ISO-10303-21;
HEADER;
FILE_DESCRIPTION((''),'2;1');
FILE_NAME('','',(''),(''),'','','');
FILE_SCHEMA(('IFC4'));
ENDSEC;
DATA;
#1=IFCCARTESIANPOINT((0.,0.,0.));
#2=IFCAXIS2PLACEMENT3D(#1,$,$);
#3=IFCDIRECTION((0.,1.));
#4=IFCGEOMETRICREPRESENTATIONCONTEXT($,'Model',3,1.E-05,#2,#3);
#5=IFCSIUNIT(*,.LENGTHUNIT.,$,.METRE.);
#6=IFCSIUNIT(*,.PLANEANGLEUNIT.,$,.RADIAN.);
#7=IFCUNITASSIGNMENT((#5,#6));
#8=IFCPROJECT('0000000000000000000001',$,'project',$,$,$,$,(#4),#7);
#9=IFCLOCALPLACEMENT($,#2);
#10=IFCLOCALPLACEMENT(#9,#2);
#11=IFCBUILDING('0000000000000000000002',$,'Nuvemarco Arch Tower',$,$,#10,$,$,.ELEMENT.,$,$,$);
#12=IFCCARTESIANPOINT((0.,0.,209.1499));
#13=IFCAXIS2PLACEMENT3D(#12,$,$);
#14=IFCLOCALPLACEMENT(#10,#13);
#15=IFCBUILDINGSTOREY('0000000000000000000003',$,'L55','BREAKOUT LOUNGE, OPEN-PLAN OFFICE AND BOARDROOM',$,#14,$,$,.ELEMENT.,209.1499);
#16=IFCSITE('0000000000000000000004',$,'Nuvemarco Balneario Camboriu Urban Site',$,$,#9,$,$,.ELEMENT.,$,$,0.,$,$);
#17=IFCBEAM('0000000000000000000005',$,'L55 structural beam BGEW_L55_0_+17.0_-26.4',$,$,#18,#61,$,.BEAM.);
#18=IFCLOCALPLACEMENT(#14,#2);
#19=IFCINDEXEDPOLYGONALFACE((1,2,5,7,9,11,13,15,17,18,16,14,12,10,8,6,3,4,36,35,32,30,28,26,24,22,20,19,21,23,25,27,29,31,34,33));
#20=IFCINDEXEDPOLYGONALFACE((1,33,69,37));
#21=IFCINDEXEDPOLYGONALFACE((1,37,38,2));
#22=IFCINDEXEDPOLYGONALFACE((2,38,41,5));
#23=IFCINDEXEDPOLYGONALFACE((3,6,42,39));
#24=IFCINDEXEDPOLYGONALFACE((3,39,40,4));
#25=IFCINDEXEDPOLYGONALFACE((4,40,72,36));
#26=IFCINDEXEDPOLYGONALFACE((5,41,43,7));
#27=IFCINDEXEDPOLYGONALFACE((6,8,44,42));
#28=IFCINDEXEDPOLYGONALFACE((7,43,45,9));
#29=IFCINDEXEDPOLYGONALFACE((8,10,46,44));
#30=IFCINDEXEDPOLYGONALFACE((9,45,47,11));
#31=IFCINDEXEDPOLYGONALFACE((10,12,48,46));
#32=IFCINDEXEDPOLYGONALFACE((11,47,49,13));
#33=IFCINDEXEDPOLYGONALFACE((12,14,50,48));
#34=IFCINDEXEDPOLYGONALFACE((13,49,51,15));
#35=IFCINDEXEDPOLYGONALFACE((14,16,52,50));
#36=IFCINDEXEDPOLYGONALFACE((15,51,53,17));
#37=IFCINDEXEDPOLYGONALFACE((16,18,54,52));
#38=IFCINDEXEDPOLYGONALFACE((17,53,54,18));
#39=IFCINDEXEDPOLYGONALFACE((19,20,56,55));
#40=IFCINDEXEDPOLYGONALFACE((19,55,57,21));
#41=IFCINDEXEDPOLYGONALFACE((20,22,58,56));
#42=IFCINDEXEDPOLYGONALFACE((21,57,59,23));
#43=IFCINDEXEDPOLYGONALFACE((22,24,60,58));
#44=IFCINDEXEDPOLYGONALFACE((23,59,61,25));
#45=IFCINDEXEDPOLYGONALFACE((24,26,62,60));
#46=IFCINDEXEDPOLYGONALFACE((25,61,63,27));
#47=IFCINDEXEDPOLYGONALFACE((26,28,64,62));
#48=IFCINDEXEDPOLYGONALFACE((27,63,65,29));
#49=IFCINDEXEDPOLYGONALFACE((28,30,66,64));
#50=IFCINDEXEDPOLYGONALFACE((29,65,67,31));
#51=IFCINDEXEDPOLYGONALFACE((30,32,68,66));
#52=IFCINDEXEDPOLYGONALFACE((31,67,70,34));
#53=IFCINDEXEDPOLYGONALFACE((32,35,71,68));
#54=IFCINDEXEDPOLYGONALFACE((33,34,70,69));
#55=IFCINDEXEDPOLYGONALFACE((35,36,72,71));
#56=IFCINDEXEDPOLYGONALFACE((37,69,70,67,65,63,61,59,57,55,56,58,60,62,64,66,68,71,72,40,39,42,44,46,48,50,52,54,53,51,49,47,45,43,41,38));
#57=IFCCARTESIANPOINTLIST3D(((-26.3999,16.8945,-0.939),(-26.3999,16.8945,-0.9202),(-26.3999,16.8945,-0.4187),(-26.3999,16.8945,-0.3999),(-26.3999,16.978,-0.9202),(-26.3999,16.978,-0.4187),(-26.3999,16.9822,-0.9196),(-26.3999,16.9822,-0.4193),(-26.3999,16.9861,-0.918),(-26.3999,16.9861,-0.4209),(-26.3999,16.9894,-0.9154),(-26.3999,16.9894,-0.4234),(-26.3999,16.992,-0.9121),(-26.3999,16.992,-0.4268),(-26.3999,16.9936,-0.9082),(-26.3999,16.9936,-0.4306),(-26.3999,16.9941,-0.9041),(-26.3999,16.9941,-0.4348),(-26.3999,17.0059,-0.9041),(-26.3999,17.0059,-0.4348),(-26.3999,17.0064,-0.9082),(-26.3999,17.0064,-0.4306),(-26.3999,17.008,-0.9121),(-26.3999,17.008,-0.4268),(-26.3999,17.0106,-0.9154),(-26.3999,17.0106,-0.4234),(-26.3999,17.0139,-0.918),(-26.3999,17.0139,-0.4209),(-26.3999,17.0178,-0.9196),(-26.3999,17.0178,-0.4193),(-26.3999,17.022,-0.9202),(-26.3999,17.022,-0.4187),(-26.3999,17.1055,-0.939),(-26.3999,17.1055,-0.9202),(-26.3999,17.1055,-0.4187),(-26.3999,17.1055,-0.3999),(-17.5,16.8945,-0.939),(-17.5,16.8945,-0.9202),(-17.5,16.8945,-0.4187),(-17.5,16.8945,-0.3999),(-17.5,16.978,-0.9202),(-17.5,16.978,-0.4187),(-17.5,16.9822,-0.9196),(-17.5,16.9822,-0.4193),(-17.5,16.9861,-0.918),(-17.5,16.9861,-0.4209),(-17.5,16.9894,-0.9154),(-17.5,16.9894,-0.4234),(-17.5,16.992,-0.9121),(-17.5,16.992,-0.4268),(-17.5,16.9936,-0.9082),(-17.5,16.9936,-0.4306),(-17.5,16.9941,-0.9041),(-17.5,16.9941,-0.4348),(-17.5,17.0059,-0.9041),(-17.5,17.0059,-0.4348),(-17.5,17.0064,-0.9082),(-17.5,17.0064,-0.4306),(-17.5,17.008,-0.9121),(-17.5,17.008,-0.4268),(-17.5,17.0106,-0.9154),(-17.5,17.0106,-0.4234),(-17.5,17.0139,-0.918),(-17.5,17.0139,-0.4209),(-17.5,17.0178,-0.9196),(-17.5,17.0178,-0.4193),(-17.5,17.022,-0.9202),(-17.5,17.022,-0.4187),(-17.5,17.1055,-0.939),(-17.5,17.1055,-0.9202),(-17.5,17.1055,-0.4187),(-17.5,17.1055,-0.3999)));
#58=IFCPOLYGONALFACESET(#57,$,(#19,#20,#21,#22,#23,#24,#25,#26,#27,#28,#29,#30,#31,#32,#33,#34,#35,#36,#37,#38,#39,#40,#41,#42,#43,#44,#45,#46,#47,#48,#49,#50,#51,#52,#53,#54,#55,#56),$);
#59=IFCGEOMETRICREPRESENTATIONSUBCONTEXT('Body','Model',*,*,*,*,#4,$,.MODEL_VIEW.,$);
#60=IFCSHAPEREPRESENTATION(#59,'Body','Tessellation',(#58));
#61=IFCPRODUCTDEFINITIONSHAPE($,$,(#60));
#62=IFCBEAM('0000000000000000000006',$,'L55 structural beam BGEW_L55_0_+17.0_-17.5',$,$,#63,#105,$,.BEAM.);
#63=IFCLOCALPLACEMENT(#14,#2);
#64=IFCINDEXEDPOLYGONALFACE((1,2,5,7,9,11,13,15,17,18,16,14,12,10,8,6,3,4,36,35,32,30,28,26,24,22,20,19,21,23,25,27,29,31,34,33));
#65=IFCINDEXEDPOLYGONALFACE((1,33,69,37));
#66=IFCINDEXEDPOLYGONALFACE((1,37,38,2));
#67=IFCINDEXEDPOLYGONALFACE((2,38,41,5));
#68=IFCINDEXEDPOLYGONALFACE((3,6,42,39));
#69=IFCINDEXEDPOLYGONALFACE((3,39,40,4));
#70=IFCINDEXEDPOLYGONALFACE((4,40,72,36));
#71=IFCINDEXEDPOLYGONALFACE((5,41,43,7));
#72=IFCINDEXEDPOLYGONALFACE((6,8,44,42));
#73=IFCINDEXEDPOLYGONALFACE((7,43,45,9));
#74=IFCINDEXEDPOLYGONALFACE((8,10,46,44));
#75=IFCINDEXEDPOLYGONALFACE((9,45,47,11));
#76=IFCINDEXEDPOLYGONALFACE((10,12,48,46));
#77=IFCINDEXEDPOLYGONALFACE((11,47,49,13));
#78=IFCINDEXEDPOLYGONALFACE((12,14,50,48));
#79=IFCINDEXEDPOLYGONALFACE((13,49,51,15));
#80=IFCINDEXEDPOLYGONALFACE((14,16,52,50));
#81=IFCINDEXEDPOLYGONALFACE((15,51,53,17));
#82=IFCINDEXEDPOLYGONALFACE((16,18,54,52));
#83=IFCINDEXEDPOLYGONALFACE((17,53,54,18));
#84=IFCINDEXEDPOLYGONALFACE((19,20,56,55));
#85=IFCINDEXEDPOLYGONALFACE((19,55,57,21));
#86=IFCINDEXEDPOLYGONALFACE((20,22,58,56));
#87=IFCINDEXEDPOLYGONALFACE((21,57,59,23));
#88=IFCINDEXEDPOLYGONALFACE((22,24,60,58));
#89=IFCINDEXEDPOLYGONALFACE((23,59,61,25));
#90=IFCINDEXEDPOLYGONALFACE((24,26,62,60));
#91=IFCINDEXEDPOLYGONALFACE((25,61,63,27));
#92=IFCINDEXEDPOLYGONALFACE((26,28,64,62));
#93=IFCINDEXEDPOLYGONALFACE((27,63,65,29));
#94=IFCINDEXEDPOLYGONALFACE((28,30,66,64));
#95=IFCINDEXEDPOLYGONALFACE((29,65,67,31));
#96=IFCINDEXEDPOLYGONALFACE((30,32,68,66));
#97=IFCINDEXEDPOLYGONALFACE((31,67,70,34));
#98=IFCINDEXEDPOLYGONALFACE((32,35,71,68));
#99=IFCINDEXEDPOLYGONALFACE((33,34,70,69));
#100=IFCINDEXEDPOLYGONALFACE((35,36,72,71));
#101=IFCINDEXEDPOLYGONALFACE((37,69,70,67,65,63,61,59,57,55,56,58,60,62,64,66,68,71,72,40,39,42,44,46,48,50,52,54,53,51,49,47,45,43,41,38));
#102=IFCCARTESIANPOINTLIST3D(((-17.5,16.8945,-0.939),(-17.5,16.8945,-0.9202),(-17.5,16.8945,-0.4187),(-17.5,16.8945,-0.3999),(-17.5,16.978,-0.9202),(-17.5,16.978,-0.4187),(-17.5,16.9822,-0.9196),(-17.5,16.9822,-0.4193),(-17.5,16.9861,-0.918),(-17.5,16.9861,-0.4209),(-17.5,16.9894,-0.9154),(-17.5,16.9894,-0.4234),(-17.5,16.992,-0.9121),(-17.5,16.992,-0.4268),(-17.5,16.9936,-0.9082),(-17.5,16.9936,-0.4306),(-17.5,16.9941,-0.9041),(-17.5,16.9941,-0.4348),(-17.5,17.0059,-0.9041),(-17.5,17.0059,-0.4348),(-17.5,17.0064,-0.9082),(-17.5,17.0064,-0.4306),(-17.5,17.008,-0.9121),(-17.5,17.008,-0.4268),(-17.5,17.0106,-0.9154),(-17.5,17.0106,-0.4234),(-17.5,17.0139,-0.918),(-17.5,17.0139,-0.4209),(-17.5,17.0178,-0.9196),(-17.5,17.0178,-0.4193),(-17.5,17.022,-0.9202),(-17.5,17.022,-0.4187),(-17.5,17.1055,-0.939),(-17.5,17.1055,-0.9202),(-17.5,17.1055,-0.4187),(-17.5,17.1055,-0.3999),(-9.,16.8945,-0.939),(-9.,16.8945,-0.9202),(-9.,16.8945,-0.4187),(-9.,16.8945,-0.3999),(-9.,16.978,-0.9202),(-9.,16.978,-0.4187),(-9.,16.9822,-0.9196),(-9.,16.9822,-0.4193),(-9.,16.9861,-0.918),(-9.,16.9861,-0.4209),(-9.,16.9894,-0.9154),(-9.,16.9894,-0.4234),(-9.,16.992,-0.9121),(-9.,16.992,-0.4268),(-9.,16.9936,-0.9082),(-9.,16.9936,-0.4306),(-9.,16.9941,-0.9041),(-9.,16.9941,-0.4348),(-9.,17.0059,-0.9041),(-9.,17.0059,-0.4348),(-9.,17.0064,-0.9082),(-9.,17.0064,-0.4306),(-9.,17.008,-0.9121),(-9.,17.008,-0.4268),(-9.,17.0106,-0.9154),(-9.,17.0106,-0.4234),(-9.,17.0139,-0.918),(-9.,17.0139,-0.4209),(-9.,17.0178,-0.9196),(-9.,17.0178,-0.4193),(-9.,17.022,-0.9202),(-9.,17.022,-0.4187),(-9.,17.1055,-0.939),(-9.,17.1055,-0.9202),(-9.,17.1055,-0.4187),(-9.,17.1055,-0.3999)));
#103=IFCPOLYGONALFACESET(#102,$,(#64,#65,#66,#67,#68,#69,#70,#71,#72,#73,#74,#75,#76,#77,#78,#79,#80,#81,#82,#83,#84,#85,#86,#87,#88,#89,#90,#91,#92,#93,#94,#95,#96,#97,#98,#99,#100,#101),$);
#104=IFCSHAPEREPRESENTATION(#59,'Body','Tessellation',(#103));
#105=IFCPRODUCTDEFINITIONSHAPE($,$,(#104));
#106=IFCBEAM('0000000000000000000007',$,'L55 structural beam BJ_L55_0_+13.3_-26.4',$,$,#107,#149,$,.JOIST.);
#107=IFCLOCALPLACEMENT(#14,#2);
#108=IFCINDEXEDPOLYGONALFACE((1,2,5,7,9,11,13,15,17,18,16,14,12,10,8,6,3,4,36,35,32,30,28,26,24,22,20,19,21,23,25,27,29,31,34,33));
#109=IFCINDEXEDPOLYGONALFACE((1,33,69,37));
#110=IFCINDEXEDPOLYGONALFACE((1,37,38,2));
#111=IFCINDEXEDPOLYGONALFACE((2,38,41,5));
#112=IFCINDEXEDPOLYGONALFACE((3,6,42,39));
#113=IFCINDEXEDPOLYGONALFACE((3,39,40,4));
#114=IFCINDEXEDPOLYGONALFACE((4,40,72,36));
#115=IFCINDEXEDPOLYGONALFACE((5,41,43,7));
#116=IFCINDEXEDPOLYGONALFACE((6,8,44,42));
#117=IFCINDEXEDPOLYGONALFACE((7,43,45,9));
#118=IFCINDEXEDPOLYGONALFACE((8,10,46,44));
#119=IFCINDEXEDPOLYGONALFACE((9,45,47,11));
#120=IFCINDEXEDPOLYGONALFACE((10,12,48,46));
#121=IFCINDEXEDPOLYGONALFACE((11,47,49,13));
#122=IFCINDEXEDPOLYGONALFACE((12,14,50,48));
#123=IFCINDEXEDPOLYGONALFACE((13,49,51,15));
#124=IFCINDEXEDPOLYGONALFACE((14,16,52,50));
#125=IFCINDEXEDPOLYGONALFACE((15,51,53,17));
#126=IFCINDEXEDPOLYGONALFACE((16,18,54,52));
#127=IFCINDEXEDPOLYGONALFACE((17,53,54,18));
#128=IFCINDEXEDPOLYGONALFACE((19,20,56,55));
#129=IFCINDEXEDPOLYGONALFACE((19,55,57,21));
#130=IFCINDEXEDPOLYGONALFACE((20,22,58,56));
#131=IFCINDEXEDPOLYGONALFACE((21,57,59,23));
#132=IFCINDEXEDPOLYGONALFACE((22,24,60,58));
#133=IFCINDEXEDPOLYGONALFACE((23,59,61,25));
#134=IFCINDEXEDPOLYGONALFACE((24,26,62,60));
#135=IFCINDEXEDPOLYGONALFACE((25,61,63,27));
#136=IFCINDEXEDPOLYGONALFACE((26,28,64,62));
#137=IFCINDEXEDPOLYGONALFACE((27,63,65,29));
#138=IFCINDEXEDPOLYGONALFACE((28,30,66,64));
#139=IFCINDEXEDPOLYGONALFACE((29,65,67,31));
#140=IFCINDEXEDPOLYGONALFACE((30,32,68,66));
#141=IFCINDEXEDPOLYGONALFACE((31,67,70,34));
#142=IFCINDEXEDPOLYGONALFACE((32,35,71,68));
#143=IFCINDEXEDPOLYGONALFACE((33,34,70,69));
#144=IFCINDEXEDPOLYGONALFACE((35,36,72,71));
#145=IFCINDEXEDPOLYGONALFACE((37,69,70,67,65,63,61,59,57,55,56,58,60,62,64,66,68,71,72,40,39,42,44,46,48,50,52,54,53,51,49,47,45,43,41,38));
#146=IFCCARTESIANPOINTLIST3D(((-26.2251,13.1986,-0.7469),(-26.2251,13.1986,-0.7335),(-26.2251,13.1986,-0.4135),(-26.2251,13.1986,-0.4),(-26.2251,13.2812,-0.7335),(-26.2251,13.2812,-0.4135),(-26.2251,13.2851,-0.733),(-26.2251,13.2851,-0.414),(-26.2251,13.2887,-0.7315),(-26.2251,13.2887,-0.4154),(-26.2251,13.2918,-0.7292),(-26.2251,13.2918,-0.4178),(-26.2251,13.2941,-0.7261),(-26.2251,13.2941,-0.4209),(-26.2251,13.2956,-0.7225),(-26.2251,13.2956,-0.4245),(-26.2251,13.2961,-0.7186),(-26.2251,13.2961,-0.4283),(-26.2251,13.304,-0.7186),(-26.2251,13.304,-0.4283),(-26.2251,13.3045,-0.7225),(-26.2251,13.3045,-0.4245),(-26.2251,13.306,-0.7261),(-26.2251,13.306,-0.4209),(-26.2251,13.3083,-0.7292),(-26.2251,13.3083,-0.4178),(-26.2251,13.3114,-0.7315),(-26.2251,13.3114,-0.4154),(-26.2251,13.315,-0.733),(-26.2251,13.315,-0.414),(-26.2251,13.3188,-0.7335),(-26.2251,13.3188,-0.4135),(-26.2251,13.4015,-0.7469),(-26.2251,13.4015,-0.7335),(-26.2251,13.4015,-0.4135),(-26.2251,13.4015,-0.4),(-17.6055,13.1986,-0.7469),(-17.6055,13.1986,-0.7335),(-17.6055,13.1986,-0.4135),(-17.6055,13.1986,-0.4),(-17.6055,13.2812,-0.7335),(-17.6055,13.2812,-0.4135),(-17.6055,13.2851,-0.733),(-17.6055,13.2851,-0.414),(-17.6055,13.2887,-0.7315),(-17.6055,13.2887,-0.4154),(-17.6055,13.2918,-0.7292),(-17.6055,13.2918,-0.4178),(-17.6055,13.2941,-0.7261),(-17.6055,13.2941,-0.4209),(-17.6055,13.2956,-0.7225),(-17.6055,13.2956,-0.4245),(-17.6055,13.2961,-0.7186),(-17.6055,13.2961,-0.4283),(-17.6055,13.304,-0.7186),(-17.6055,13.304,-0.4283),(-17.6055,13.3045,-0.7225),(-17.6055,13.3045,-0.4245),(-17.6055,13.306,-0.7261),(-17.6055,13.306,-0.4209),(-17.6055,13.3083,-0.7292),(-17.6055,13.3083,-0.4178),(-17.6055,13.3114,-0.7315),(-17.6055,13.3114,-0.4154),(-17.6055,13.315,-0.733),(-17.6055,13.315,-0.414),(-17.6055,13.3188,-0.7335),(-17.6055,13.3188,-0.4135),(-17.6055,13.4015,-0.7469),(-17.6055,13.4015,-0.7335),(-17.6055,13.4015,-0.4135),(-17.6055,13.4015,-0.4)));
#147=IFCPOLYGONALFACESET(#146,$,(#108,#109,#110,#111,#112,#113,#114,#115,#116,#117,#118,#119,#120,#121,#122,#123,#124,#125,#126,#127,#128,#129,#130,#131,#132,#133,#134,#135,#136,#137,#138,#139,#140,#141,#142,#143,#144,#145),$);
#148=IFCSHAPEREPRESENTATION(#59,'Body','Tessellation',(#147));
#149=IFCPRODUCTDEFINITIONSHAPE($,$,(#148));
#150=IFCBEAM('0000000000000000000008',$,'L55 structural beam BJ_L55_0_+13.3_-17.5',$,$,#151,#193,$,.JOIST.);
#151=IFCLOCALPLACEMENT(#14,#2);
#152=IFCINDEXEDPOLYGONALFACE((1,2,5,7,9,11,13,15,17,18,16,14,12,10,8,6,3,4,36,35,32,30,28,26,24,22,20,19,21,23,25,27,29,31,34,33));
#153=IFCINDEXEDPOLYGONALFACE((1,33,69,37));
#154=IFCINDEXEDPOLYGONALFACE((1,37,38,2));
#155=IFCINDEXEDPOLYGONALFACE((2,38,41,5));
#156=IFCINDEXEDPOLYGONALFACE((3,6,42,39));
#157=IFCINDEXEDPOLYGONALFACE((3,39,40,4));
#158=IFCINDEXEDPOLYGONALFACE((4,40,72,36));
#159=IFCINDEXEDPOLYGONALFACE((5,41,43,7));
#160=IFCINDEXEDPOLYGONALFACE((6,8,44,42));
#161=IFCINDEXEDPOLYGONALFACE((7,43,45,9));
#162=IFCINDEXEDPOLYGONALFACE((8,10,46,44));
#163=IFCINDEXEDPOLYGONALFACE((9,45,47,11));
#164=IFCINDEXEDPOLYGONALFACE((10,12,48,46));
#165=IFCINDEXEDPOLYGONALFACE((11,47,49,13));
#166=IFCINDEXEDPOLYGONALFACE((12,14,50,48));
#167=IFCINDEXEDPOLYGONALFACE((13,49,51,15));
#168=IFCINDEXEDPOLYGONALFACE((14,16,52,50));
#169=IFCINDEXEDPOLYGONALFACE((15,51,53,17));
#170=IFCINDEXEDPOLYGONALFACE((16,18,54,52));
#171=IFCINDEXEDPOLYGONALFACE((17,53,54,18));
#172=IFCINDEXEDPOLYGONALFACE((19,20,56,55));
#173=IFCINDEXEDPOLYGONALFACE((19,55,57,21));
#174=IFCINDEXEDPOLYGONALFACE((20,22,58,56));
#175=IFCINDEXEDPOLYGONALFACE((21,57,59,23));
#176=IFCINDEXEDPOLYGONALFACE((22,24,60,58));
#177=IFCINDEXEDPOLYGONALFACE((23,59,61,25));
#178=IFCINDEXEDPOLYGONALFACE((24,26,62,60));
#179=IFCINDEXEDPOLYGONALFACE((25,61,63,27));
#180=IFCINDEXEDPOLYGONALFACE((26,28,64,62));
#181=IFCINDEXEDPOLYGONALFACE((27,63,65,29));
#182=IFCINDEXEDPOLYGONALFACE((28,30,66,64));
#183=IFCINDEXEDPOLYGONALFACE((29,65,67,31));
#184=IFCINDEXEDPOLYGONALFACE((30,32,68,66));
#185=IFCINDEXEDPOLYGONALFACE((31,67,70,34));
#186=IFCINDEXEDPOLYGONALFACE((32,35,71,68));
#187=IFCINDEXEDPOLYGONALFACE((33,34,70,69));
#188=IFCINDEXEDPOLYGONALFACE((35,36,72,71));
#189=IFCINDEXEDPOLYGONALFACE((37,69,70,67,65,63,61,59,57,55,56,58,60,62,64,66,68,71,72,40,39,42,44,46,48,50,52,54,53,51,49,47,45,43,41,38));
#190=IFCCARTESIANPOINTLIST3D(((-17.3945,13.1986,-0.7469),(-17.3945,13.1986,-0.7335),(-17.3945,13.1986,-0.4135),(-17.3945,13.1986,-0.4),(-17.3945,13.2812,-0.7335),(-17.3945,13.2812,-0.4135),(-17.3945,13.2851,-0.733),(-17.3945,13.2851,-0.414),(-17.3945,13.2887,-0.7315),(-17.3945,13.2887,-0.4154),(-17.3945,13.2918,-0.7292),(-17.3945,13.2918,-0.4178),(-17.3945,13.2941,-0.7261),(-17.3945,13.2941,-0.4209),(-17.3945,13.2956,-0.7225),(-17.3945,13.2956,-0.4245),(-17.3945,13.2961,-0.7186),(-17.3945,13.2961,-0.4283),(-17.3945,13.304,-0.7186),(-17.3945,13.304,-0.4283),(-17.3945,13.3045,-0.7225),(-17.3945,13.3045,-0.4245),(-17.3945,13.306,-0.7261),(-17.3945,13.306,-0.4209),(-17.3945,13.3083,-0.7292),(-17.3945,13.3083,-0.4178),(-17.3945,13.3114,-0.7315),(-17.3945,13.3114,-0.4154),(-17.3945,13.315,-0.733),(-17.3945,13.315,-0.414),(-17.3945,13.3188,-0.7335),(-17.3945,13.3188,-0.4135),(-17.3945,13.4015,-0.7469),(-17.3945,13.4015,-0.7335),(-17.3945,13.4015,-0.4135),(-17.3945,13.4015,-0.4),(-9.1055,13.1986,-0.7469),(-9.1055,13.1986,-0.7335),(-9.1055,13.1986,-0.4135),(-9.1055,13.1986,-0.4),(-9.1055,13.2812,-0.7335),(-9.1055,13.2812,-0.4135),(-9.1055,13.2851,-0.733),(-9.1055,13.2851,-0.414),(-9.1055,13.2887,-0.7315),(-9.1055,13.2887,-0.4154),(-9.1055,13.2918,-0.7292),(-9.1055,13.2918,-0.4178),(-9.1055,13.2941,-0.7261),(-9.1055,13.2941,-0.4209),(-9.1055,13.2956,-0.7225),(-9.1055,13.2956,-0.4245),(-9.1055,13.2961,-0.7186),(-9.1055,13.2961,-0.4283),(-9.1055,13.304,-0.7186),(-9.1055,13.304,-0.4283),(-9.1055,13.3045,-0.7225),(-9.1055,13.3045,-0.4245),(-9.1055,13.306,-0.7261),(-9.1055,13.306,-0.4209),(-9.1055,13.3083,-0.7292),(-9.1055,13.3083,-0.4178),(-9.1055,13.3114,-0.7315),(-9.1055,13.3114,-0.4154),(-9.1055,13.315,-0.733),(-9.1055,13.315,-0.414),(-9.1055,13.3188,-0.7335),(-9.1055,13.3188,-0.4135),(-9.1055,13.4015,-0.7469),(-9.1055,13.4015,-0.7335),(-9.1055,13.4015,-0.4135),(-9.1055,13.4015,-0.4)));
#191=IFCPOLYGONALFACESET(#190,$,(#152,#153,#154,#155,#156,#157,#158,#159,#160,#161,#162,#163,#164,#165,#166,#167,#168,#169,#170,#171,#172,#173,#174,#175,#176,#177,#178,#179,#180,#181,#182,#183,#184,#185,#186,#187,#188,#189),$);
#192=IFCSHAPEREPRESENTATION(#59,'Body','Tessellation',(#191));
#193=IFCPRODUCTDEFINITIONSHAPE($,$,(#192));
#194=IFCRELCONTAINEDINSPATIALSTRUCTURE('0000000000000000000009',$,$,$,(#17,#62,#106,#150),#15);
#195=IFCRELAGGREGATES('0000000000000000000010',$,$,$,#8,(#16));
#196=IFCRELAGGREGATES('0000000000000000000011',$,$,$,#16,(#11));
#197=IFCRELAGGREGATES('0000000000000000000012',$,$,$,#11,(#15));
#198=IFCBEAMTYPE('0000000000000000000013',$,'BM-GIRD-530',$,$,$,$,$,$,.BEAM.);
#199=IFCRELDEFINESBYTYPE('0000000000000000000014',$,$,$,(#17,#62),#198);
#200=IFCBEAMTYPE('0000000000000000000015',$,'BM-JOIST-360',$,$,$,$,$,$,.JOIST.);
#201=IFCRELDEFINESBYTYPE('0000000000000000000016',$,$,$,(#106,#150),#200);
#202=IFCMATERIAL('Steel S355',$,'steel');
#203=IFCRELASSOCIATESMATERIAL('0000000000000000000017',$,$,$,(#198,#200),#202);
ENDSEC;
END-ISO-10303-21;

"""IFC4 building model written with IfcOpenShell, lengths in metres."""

from ifc_helpers import new_model, si_unit, direction, frame, origin, origin_2d, place, context, subcontext, project, spatial, i_section, extrude, material, material_profile, profile_set, type_object, element, save


model = new_model("IFC4")

# Units and contexts
model_context = context("Model", 3, precision=1e-05, world=origin(), true_north=direction((0.0, 1.0)))
body_context = subcontext(model_context, "Body", "Model", "MODEL_VIEW")
ifc_project = project(units=[si_unit("LENGTHUNIT", "METRE"), si_unit("PLANEANGLEUNIT", "RADIAN")], contexts=[model_context])

# Site, building, storey
site_placement = place(None, origin())
site = spatial("IfcSite", under=ifc_project, at=site_placement, Name="Nuvemarco Balneario Camboriu Urban Site", CompositionType="ELEMENT", RefElevation=0.0)
building_placement = place(site_placement, origin())
building = spatial("IfcBuilding", under=site, at=building_placement, Name="Nuvemarco Arch Tower", CompositionType="ELEMENT")
storey_placement = place(building_placement, frame((0.0, 0.0, 209.1499)))
storey = spatial("IfcBuildingStorey", under=building, at=storey_placement, Name="L55", Description="BREAKOUT LOUNGE, OPEN-PLAN OFFICE AND BOARDROOM", CompositionType="ELEMENT", Elevation=209.1499)

# Shared definitions
ifc_material_1 = material(Name="Steel S355", Category="steel")

# Beams
ifc_material_profile_1 = material_profile(ifc_material_1, i_section(OverallWidth=0.2109, OverallDepth=0.5391, WebThickness=0.0117, FlangeThickness=0.0188, FilletRadius=0.0161, at=origin_2d()), Name="W530x109")
ifc_profile_set_1 = profile_set([ifc_material_profile_1], Name="Steel S355")
beam_type_1 = type_object("IfcBeamType", Name="BM-GIRD-530", PredefinedType="BEAM", material=ifc_profile_set_1)
beam_1_placement = place(storey_placement, frame((-26.3999, 17.0, -0.6694), z_axis=(1.0, 0.0, 0.0), x_axis=(0.0, 1.0, 0.0)))
element("IfcBeam", 1, at=beam_1_placement, inside=storey, type_object=beam_type_1, Name="L55 structural beam BGEW_L55_0_+17.0_-26.4", PredefinedType="BEAM", context=body_context, shape_type="SweptSolid", body=[
    extrude(i_section(OverallWidth=0.2109, OverallDepth=0.5391, WebThickness=0.0117, FlangeThickness=0.0188, FilletRadius=0.0161, at=origin_2d()), origin(), (0.0, 0.0, 1.0), 8.8999),
])
beam_2_placement = place(storey_placement, frame((-17.5, 17.0, -0.6694), z_axis=(1.0, 0.0, 0.0), x_axis=(0.0, 1.0, 0.0)))
element("IfcBeam", 2, at=beam_2_placement, inside=storey, type_object=beam_type_1, Name="L55 structural beam BGEW_L55_0_+17.0_-17.5", PredefinedType="BEAM", context=body_context, shape_type="SweptSolid", body=[
    extrude(i_section(OverallWidth=0.2109, OverallDepth=0.5391, WebThickness=0.0117, FlangeThickness=0.0188, FilletRadius=0.0161, at=origin_2d()), origin(), (0.0, 0.0, 1.0), 8.5),
])
ifc_material_profile_2 = material_profile(ifc_material_1, i_section(OverallWidth=0.2029, OverallDepth=0.3469, WebThickness=0.0078, FlangeThickness=0.0134, FilletRadius=0.0149, at=origin_2d()), Name="W360x64")
ifc_profile_set_2 = profile_set([ifc_material_profile_2], Name="Steel S355")
beam_type_2 = type_object("IfcBeamType", Name="BM-JOIST-360", PredefinedType="JOIST", material=ifc_profile_set_2)
beam_3_placement = place(storey_placement, frame((-26.2251, 13.3, -0.5735), z_axis=(1.0, 0.0, 0.0), x_axis=(0.0, 1.0, 0.0)))
element("IfcBeam", 3, at=beam_3_placement, inside=storey, type_object=beam_type_2, Name="L55 structural beam BJ_L55_0_+13.3_-26.4", PredefinedType="JOIST", context=body_context, shape_type="SweptSolid", body=[
    extrude(i_section(OverallWidth=0.2029, OverallDepth=0.3469, WebThickness=0.0078, FlangeThickness=0.0134, FilletRadius=0.0149, at=origin_2d()), origin(), (0.0, 0.0, 1.0), 8.6196),
])
beam_4_placement = place(storey_placement, frame((-17.3945, 13.3, -0.5735), z_axis=(1.0, 0.0, 0.0), x_axis=(0.0, 1.0, 0.0)))
element("IfcBeam", 4, at=beam_4_placement, inside=storey, type_object=beam_type_2, Name="L55 structural beam BJ_L55_0_+13.3_-17.5", PredefinedType="JOIST", context=body_context, shape_type="SweptSolid", body=[
    extrude(i_section(OverallWidth=0.2029, OverallDepth=0.3469, WebThickness=0.0078, FlangeThickness=0.0134, FilletRadius=0.0149, at=origin_2d()), origin(), (0.0, 0.0, 1.0), 8.2891),
])

save(model, "model.ifc")
